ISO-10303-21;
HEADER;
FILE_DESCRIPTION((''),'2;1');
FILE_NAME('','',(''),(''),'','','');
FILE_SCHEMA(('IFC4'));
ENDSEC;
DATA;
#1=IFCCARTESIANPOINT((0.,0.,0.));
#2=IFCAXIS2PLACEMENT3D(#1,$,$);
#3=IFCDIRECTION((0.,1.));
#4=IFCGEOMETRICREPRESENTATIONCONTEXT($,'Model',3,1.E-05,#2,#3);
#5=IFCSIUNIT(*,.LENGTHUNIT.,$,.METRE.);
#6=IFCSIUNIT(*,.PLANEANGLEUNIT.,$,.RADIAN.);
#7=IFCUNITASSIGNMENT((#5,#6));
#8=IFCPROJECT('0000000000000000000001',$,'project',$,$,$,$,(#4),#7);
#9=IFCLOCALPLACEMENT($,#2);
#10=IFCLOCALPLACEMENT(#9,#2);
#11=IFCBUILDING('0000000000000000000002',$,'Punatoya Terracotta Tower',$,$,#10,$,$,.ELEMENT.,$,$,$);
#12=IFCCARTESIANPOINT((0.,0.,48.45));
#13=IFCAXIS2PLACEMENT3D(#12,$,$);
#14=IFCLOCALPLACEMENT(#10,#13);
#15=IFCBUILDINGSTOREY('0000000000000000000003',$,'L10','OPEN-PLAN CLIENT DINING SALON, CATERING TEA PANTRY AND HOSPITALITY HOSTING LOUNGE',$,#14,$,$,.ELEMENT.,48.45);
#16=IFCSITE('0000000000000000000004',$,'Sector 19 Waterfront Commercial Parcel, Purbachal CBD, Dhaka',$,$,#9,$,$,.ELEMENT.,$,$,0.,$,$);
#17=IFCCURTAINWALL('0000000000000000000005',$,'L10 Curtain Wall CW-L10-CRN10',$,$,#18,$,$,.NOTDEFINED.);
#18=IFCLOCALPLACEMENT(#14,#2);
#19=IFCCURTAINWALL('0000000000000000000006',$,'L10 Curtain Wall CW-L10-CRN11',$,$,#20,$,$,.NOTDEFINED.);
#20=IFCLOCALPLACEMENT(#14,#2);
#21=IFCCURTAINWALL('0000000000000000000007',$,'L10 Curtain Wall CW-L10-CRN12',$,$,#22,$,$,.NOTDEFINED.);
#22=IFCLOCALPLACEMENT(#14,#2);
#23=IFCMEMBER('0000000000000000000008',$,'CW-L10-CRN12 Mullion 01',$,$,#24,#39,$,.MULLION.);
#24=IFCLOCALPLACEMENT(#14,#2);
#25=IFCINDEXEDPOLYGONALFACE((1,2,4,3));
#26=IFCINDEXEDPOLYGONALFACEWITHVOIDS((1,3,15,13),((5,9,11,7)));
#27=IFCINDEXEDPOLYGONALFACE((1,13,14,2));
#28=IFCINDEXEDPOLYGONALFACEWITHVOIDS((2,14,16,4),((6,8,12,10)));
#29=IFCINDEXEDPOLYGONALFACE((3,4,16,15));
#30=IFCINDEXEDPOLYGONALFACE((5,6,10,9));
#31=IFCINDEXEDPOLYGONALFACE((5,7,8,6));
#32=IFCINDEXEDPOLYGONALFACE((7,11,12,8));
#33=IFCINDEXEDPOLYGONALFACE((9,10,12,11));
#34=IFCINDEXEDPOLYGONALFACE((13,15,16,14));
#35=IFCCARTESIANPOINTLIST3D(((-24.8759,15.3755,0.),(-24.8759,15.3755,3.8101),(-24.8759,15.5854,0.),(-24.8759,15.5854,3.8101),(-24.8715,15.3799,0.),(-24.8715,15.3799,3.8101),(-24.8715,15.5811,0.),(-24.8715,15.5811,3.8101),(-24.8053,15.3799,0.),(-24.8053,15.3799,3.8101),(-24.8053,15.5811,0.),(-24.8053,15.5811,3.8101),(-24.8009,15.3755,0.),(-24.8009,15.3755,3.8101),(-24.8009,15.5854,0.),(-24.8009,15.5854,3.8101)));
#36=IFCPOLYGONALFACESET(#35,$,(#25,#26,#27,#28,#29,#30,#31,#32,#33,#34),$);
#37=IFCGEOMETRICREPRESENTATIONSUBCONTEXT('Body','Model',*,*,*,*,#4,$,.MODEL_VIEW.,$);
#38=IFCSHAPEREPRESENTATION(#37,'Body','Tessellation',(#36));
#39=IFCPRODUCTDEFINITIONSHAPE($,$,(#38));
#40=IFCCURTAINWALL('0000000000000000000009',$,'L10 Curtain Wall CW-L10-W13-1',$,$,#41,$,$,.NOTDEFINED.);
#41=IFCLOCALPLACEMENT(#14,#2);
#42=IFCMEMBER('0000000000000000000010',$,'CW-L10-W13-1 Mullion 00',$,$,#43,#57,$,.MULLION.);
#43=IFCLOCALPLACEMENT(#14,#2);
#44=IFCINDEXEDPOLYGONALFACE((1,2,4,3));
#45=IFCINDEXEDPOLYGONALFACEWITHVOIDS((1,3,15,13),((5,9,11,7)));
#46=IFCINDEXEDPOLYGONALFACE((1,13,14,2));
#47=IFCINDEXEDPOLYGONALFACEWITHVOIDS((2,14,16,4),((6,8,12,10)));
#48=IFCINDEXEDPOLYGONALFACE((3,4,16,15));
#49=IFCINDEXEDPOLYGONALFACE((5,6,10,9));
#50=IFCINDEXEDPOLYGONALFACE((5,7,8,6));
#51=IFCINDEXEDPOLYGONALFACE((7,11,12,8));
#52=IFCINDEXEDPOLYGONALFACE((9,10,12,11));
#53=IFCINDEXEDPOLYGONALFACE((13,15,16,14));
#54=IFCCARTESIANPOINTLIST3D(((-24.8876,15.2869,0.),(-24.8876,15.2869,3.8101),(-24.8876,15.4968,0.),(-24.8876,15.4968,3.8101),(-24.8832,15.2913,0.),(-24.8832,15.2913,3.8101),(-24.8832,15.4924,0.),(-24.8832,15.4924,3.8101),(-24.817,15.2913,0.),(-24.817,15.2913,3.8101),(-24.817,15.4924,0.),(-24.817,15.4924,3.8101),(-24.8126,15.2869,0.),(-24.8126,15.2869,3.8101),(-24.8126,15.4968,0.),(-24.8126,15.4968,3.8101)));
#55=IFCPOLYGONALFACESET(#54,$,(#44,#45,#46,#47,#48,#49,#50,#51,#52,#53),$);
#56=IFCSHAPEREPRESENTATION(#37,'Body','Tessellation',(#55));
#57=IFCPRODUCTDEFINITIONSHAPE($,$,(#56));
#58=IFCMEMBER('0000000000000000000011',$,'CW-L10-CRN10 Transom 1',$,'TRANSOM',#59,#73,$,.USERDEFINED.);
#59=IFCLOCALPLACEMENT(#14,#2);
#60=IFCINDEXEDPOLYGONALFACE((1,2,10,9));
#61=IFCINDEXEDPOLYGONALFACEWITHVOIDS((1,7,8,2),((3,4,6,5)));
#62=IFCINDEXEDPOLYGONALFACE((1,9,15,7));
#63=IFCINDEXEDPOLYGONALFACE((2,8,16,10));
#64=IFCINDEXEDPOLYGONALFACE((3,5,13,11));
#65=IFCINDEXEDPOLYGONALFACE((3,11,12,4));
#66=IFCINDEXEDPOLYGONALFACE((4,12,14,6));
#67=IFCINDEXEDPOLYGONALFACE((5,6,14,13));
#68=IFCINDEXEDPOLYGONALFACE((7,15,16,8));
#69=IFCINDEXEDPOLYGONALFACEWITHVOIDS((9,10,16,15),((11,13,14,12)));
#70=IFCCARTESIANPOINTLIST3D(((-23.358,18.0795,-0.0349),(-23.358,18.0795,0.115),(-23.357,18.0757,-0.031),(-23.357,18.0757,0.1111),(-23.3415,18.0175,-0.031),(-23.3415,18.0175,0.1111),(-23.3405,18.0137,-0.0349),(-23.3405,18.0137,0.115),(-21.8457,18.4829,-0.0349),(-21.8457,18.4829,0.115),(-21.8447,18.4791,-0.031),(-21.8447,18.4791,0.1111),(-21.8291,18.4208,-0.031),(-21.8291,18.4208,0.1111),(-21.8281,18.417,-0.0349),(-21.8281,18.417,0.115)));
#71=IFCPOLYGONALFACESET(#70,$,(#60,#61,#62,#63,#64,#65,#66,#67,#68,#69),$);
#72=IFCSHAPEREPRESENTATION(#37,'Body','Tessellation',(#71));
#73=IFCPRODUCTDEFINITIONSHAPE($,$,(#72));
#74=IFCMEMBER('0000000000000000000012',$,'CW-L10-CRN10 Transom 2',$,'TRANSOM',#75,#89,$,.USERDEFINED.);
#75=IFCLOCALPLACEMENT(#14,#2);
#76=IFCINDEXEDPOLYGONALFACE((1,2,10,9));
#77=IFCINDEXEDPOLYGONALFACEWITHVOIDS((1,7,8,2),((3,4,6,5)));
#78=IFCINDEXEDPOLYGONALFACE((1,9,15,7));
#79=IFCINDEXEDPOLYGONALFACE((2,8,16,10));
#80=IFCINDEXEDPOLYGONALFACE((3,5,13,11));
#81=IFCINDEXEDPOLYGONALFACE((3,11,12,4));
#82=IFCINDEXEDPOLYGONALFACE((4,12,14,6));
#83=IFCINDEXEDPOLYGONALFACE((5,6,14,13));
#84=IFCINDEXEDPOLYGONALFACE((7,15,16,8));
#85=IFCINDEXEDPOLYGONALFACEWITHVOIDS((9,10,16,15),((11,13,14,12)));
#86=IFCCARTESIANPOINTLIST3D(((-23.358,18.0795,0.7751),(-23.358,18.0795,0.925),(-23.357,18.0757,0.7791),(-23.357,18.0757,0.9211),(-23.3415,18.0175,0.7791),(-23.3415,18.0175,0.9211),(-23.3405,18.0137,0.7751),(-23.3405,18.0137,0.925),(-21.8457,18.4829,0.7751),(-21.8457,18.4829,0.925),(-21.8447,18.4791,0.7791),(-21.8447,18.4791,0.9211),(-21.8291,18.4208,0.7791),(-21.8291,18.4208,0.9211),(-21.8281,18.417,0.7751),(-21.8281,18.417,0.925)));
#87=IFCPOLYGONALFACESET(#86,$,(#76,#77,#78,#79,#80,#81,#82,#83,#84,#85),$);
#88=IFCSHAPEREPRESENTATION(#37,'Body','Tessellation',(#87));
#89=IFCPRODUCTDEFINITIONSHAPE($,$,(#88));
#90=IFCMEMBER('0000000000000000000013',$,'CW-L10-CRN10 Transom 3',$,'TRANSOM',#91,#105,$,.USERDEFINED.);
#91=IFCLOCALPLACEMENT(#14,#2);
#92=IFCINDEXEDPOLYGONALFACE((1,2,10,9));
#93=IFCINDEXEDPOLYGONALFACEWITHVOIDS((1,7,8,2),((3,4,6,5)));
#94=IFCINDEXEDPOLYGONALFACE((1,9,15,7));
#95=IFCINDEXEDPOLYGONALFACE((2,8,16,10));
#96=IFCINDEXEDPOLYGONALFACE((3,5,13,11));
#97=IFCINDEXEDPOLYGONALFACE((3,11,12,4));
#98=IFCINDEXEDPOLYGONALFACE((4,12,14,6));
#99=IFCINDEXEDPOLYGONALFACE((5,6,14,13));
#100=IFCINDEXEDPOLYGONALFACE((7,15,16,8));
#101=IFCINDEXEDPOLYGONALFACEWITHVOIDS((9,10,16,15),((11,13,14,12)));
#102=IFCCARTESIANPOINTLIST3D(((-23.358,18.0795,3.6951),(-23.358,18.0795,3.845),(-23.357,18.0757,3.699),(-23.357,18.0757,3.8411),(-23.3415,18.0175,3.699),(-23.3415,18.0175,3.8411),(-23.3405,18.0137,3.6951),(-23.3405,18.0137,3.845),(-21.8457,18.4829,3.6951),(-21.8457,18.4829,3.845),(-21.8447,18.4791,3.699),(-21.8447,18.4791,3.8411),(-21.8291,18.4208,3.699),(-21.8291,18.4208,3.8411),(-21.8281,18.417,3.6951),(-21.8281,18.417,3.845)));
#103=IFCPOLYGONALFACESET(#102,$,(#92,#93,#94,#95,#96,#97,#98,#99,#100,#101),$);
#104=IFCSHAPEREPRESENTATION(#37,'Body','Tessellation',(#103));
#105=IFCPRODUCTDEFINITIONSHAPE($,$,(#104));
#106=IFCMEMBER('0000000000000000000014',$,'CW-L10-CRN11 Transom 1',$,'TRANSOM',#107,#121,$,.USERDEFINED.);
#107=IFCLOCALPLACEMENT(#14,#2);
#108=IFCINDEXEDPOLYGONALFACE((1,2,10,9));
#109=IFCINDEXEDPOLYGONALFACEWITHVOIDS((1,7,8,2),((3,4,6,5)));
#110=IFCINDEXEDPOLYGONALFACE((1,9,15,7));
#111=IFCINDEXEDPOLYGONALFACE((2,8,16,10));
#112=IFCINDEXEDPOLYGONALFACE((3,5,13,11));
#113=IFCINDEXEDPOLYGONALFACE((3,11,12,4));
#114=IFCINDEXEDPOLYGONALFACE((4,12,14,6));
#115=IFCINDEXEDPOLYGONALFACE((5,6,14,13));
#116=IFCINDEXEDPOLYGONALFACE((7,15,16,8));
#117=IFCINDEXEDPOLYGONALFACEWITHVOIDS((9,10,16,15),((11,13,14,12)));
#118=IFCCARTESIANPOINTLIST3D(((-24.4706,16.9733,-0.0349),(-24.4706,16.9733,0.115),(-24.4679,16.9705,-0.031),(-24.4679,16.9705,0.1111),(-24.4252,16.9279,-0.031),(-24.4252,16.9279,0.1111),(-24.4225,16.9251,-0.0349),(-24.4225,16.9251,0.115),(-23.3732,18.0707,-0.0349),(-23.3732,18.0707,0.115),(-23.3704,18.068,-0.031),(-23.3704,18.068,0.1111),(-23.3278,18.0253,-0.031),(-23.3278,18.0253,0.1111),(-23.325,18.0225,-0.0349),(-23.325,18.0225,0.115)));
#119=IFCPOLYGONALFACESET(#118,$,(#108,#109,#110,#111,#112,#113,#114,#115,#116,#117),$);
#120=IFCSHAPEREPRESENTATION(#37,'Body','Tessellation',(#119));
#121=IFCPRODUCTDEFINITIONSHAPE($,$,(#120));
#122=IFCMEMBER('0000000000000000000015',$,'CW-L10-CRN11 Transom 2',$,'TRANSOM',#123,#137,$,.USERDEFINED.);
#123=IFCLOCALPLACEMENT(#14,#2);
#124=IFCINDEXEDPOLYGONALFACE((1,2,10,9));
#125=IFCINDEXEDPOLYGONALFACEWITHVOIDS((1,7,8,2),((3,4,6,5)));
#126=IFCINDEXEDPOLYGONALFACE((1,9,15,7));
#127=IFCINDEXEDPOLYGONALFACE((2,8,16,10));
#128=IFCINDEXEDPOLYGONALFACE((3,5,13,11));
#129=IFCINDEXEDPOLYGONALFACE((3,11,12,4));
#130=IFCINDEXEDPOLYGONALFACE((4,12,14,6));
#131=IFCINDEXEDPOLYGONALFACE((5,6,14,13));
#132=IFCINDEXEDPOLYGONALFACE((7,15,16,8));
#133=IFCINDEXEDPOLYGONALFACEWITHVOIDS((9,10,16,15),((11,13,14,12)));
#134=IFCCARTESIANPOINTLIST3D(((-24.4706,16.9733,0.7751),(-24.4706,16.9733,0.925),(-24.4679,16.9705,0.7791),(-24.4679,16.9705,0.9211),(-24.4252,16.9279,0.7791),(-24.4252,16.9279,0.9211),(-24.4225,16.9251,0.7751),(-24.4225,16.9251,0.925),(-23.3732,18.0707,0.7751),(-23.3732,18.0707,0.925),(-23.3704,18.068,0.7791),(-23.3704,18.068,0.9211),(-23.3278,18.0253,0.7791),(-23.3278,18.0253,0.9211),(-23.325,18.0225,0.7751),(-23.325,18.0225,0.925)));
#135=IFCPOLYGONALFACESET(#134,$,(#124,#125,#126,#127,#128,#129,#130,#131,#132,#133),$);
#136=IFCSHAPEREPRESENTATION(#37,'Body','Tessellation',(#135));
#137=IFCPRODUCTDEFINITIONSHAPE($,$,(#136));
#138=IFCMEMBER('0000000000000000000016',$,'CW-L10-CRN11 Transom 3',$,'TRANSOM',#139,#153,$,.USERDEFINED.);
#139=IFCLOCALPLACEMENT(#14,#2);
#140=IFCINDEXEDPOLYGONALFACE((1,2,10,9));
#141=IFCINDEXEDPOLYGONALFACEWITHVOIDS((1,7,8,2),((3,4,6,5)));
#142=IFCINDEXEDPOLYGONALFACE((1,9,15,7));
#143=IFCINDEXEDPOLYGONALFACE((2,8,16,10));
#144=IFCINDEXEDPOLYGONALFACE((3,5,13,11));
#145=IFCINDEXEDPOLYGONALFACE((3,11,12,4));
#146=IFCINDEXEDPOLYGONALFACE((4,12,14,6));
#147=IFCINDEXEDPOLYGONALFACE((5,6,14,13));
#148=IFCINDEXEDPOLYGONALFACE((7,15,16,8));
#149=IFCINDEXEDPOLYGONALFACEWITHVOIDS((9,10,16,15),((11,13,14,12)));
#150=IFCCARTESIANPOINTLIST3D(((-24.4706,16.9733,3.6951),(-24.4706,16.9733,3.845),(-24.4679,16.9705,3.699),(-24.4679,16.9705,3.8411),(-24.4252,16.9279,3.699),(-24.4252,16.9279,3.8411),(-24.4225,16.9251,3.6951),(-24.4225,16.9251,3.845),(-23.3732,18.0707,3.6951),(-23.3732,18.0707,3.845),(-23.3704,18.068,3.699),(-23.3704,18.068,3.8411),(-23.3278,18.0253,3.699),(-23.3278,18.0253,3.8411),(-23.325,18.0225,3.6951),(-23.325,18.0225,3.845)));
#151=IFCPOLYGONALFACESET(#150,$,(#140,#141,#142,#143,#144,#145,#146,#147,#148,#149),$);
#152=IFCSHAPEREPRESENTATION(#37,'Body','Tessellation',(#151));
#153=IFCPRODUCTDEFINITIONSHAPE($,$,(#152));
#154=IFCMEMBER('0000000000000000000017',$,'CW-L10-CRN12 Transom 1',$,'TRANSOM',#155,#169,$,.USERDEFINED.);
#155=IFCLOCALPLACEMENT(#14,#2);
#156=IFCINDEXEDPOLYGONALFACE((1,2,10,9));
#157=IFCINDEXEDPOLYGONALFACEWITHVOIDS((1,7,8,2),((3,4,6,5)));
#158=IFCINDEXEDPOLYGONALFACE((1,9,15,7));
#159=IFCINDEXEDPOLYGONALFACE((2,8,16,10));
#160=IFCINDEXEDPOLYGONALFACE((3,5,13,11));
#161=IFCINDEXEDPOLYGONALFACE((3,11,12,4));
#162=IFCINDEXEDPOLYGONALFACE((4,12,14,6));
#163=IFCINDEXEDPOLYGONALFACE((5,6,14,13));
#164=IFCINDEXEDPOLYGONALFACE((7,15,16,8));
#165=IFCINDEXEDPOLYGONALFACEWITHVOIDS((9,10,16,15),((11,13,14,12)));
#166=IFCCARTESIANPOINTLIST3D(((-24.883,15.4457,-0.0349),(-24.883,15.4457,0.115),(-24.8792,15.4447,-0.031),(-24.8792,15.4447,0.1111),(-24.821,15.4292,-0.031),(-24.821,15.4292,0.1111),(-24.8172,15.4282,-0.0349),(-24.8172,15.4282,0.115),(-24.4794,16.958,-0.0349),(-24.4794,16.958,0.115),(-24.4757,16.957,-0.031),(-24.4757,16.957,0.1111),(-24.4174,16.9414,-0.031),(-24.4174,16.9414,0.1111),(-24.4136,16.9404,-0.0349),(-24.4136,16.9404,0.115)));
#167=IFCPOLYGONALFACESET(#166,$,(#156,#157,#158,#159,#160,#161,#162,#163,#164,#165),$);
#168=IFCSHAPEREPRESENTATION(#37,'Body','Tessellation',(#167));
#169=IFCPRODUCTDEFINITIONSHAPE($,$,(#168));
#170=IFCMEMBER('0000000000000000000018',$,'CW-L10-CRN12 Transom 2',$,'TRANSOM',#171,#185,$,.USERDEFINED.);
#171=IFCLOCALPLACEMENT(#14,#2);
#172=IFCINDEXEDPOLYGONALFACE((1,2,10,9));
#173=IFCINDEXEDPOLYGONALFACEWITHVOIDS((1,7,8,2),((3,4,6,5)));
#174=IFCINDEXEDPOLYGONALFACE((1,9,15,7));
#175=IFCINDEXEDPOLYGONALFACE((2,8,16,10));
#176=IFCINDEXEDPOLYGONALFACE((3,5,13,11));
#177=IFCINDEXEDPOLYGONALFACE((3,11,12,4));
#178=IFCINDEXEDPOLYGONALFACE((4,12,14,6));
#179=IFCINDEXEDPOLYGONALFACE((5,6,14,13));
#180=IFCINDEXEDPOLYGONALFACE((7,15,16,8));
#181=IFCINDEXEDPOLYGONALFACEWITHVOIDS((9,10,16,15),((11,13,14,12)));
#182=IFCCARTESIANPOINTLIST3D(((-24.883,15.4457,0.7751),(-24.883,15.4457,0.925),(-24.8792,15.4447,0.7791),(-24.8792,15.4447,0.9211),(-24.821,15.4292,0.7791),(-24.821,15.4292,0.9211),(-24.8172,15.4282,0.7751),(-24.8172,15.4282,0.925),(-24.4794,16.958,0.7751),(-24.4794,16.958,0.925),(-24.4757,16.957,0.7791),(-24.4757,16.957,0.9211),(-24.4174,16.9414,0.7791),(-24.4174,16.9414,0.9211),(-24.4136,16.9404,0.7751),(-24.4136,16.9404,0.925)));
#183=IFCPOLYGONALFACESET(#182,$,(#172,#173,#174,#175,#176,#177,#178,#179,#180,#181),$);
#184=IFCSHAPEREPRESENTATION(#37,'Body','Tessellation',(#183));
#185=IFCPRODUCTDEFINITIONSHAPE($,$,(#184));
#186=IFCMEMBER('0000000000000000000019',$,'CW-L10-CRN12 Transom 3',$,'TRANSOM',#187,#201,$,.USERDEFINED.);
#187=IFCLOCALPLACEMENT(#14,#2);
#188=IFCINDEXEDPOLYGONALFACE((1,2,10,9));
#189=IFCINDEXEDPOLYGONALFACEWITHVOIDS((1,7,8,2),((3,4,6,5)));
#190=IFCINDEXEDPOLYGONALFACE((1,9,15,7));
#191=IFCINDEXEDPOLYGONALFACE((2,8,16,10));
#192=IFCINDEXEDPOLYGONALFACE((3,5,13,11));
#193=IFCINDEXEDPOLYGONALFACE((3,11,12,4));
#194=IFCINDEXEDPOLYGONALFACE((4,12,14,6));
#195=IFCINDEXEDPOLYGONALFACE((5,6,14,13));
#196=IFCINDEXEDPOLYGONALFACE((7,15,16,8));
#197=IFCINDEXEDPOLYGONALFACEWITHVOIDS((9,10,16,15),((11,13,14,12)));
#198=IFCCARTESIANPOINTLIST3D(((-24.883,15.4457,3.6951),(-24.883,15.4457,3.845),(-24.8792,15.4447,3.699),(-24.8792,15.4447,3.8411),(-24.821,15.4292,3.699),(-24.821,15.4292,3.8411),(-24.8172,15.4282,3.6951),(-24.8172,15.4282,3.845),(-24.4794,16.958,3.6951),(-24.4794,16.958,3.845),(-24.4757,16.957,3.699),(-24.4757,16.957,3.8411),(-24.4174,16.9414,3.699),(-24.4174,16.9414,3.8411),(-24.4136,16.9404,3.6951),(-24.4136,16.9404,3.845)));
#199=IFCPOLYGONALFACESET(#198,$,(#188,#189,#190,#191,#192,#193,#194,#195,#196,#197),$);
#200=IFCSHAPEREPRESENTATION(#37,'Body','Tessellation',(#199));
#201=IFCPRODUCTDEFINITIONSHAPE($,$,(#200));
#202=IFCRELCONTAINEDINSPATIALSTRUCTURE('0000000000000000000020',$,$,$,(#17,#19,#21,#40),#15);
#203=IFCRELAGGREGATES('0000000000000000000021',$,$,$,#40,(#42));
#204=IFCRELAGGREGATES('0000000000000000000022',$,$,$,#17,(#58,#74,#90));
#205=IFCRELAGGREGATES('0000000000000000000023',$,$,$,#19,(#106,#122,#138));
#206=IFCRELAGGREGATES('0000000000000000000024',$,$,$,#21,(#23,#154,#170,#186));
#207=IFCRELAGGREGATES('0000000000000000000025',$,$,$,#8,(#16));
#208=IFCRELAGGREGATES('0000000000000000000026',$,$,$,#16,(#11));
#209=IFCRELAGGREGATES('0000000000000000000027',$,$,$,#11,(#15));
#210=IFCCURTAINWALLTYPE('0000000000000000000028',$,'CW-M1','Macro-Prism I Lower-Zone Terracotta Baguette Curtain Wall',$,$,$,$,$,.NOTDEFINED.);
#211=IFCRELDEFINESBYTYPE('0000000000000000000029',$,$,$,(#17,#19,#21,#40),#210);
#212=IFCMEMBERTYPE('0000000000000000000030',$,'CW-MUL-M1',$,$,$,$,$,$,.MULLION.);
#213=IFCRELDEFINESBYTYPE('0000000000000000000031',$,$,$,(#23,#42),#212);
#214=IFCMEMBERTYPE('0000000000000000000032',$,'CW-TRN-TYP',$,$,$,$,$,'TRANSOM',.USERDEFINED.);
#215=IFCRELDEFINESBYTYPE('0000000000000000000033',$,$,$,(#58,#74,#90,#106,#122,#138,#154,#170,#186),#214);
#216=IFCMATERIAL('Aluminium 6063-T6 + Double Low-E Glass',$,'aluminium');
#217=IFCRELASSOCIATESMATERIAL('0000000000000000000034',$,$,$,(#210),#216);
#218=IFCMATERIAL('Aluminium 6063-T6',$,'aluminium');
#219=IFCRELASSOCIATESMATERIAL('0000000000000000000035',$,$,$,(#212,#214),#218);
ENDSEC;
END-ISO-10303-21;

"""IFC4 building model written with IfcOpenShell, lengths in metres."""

from ifc_helpers import new_model, si_unit, direction, frame, origin, origin_2d, place, context, subcontext, project, spatial, hollow_rectangle, extrude, material, material_profile, profile_set, type_object, element, aggregate, save


model = new_model("IFC4")

# Units and contexts
model_context = context("Model", 3, precision=1e-05, world=origin(), true_north=direction((0.0, 1.0)))
body_context = subcontext(model_context, "Body", "Model", "MODEL_VIEW")
ifc_project = project(units=[si_unit("LENGTHUNIT", "METRE"), si_unit("PLANEANGLEUNIT", "RADIAN")], contexts=[model_context])

# Site, building, storey
site_placement = place(None, origin())
site = spatial("IfcSite", under=ifc_project, at=site_placement, Name="Sector 19 Waterfront Commercial Parcel, Purbachal CBD, Dhaka", CompositionType="ELEMENT", RefElevation=0.0)
building_placement = place(site_placement, origin())
building = spatial("IfcBuilding", under=site, at=building_placement, Name="Punatoya Terracotta Tower", CompositionType="ELEMENT")
storey_placement = place(building_placement, frame((0.0, 0.0, 48.45)))
storey = spatial("IfcBuildingStorey", under=building, at=storey_placement, Name="L10", Description="OPEN-PLAN CLIENT DINING SALON, CATERING TEA PANTRY AND HOSPITALITY HOSTING LOUNGE", CompositionType="ELEMENT", Elevation=48.45)

# Curtain walls, member
ifc_material_1 = material(Name="Aluminium 6063-T6 + Double Low-E Glass", Category="aluminium")
curtain_wall_type = type_object("IfcCurtainWallType", Name="CW-M1", Description="Macro-Prism I Lower-Zone Terracotta Baguette Curtain Wall", PredefinedType="NOTDEFINED", material=ifc_material_1)
curtain_wall_1_placement = place(storey_placement, origin())
curtain_wall_1 = element("IfcCurtainWall", 1, at=curtain_wall_1_placement, inside=storey, type_object=curtain_wall_type, Name="L10 Curtain Wall CW-L10-CRN10", PredefinedType="NOTDEFINED")
ifc_material_2 = material(Name="Aluminium 6063-T6", Category="aluminium")
ifc_material_profile_1 = material_profile(ifc_material_2, hollow_rectangle(XDim=0.075, YDim=0.21, WallThickness=0.0044, at=origin_2d()))
ifc_profile_set_1 = profile_set([ifc_material_profile_1], Name="Aluminium 6063-T6")
member_type_1 = type_object("IfcMemberType", Name="CW-MUL-M1", PredefinedType="MULLION", material=ifc_profile_set_1)
curtain_wall_2_placement = place(storey_placement, origin())
curtain_wall_2 = element("IfcCurtainWall", 2, at=curtain_wall_2_placement, inside=storey, type_object=curtain_wall_type, Name="L10 Curtain Wall CW-L10-CRN11", PredefinedType="NOTDEFINED")
curtain_wall_3_placement = place(storey_placement, origin())
curtain_wall_3 = element("IfcCurtainWall", 3, at=curtain_wall_3_placement, inside=storey, type_object=curtain_wall_type, Name="L10 Curtain Wall CW-L10-CRN12", PredefinedType="NOTDEFINED")
member_1_placement = place(storey_placement, frame((-24.8384, 15.4805, 0.0), z_axis=(0.0, 0.0, 1.0), x_axis=(1.0, 0.0, 0.0)))
member_1 = element("IfcMember", 4, at=member_1_placement, type_object=member_type_1, Name="CW-L10-CRN12 Mullion 01", PredefinedType="MULLION", context=body_context, shape_type="SweptSolid", body=[
    extrude(hollow_rectangle(XDim=0.075, YDim=0.21, WallThickness=0.0044, at=origin_2d()), origin(), (0.0, 0.0, 1.0), 3.8101),
])

# Curtain wall, member
curtain_wall_4_placement = place(storey_placement, origin())
curtain_wall_4 = element("IfcCurtainWall", 5, at=curtain_wall_4_placement, inside=storey, type_object=curtain_wall_type, Name="L10 Curtain Wall CW-L10-W13-1", PredefinedType="NOTDEFINED")
member_2_placement = place(storey_placement, frame((-24.8501, 15.3918, 0.0), z_axis=(0.0, 0.0, 1.0), x_axis=(1.0, 0.0, 0.0)))
member_2 = element("IfcMember", 6, at=member_2_placement, type_object=member_type_1, Name="CW-L10-W13-1 Mullion 00", PredefinedType="MULLION", context=body_context, shape_type="SweptSolid", body=[
    extrude(hollow_rectangle(XDim=0.075, YDim=0.21, WallThickness=0.0044, at=origin_2d()), origin(), (0.0, 0.0, 1.0), 3.8101),
])

# Members
ifc_material_profile_2 = material_profile(ifc_material_2, hollow_rectangle(XDim=0.0681, YDim=0.1499, WallThickness=0.0039, at=origin_2d()))
ifc_profile_set_2 = profile_set([ifc_material_profile_2], Name="Aluminium 6063-T6")
member_type_2 = type_object("IfcMemberType", Name="CW-TRN-TYP", ElementType="TRANSOM", PredefinedType="USERDEFINED", material=ifc_profile_set_2)
member_3_placement = place(storey_placement, frame((-21.8369, 18.45, 0.04), z_axis=(-0.966225, -0.257701, 0.0), x_axis=(0.257701, -0.966225, 0.0)))
member_3 = element("IfcMember", 7, at=member_3_placement, type_object=member_type_2, Name="CW-L10-CRN10 Transom 1", ObjectType="TRANSOM", PredefinedType="USERDEFINED", context=body_context, shape_type="SweptSolid", body=[
    extrude(hollow_rectangle(XDim=0.0681, YDim=0.1499, WallThickness=0.0039, at=origin_2d()), origin(), (0.0, 0.0, 1.0), 1.5652),
])
member_4_placement = place(storey_placement, frame((-21.8369, 18.45, 0.8501), z_axis=(-0.966225, -0.257701, 0.0), x_axis=(0.257701, -0.966225, 0.0)))
member_4 = element("IfcMember", 8, at=member_4_placement, type_object=member_type_2, Name="CW-L10-CRN10 Transom 2", ObjectType="TRANSOM", PredefinedType="USERDEFINED", context=body_context, shape_type="SweptSolid", body=[
    extrude(hollow_rectangle(XDim=0.0681, YDim=0.1499, WallThickness=0.0039, at=origin_2d()), origin(), (0.0, 0.0, 1.0), 1.5652),
])
member_5_placement = place(storey_placement, frame((-21.8369, 18.45, 3.77), z_axis=(-0.966225, -0.257701, 0.0), x_axis=(0.257701, -0.966225, 0.0)))
member_5 = element("IfcMember", 9, at=member_5_placement, type_object=member_type_2, Name="CW-L10-CRN10 Transom 3", ObjectType="TRANSOM", PredefinedType="USERDEFINED", context=body_context, shape_type="SweptSolid", body=[
    extrude(hollow_rectangle(XDim=0.0681, YDim=0.1499, WallThickness=0.0039, at=origin_2d()), origin(), (0.0, 0.0, 1.0), 1.5652),
])
member_6_placement = place(storey_placement, frame((-23.3491, 18.0466, 0.04), z_axis=(-0.707107, -0.707107, 0.0), x_axis=(0.707107, -0.707107, 0.0)))
member_6 = element("IfcMember", 10, at=member_6_placement, type_object=member_type_2, Name="CW-L10-CRN11 Transom 1", ObjectType="TRANSOM", PredefinedType="USERDEFINED", context=body_context, shape_type="SweptSolid", body=[
    extrude(hollow_rectangle(XDim=0.0681, YDim=0.1499, WallThickness=0.0039, at=origin_2d()), origin(), (0.0, 0.0, 1.0), 1.552),
])
member_7_placement = place(storey_placement, frame((-23.3491, 18.0466, 0.8501), z_axis=(-0.707107, -0.707107, 0.0), x_axis=(0.707107, -0.707107, 0.0)))
member_7 = element("IfcMember", 11, at=member_7_placement, type_object=member_type_2, Name="CW-L10-CRN11 Transom 2", ObjectType="TRANSOM", PredefinedType="USERDEFINED", context=body_context, shape_type="SweptSolid", body=[
    extrude(hollow_rectangle(XDim=0.0681, YDim=0.1499, WallThickness=0.0039, at=origin_2d()), origin(), (0.0, 0.0, 1.0), 1.552),
])
member_8_placement = place(storey_placement, frame((-23.3491, 18.0466, 3.77), z_axis=(-0.707107, -0.707107, 0.0), x_axis=(0.707107, -0.707107, 0.0)))
member_8 = element("IfcMember", 12, at=member_8_placement, type_object=member_type_2, Name="CW-L10-CRN11 Transom 3", ObjectType="TRANSOM", PredefinedType="USERDEFINED", context=body_context, shape_type="SweptSolid", body=[
    extrude(hollow_rectangle(XDim=0.0681, YDim=0.1499, WallThickness=0.0039, at=origin_2d()), origin(), (0.0, 0.0, 1.0), 1.552),
])
member_9_placement = place(storey_placement, frame((-24.4465, 16.9492, 0.04), z_axis=(-0.257847, -0.966186, 0.0), x_axis=(0.966186, -0.257847, 0.0)))
member_9 = element("IfcMember", 13, at=member_9_placement, type_object=member_type_2, Name="CW-L10-CRN12 Transom 1", ObjectType="TRANSOM", PredefinedType="USERDEFINED", context=body_context, shape_type="SweptSolid", body=[
    extrude(hollow_rectangle(XDim=0.0681, YDim=0.1499, WallThickness=0.0039, at=origin_2d()), origin(), (0.0, 0.0, 1.0), 1.5652),
])
member_10_placement = place(storey_placement, frame((-24.4465, 16.9492, 0.8501), z_axis=(-0.257847, -0.966186, 0.0), x_axis=(0.966186, -0.257847, 0.0)))
member_10 = element("IfcMember", 14, at=member_10_placement, type_object=member_type_2, Name="CW-L10-CRN12 Transom 2", ObjectType="TRANSOM", PredefinedType="USERDEFINED", context=body_context, shape_type="SweptSolid", body=[
    extrude(hollow_rectangle(XDim=0.0681, YDim=0.1499, WallThickness=0.0039, at=origin_2d()), origin(), (0.0, 0.0, 1.0), 1.5652),
])
member_11_placement = place(storey_placement, frame((-24.4465, 16.9492, 3.77), z_axis=(-0.257847, -0.966186, 0.0), x_axis=(0.966186, -0.257847, 0.0)))
member_11 = element("IfcMember", 15, at=member_11_placement, type_object=member_type_2, Name="CW-L10-CRN12 Transom 3", ObjectType="TRANSOM", PredefinedType="USERDEFINED", context=body_context, shape_type="SweptSolid", body=[
    extrude(hollow_rectangle(XDim=0.0681, YDim=0.1499, WallThickness=0.0039, at=origin_2d()), origin(), (0.0, 0.0, 1.0), 1.5652),
])
aggregate(curtain_wall_4, [member_2])

aggregate(curtain_wall_1, [member_3, member_4, member_5])
aggregate(curtain_wall_2, [member_6, member_7, member_8])
aggregate(curtain_wall_3, [member_1, member_9, member_10, member_11])

save(model, "model.ifc")
